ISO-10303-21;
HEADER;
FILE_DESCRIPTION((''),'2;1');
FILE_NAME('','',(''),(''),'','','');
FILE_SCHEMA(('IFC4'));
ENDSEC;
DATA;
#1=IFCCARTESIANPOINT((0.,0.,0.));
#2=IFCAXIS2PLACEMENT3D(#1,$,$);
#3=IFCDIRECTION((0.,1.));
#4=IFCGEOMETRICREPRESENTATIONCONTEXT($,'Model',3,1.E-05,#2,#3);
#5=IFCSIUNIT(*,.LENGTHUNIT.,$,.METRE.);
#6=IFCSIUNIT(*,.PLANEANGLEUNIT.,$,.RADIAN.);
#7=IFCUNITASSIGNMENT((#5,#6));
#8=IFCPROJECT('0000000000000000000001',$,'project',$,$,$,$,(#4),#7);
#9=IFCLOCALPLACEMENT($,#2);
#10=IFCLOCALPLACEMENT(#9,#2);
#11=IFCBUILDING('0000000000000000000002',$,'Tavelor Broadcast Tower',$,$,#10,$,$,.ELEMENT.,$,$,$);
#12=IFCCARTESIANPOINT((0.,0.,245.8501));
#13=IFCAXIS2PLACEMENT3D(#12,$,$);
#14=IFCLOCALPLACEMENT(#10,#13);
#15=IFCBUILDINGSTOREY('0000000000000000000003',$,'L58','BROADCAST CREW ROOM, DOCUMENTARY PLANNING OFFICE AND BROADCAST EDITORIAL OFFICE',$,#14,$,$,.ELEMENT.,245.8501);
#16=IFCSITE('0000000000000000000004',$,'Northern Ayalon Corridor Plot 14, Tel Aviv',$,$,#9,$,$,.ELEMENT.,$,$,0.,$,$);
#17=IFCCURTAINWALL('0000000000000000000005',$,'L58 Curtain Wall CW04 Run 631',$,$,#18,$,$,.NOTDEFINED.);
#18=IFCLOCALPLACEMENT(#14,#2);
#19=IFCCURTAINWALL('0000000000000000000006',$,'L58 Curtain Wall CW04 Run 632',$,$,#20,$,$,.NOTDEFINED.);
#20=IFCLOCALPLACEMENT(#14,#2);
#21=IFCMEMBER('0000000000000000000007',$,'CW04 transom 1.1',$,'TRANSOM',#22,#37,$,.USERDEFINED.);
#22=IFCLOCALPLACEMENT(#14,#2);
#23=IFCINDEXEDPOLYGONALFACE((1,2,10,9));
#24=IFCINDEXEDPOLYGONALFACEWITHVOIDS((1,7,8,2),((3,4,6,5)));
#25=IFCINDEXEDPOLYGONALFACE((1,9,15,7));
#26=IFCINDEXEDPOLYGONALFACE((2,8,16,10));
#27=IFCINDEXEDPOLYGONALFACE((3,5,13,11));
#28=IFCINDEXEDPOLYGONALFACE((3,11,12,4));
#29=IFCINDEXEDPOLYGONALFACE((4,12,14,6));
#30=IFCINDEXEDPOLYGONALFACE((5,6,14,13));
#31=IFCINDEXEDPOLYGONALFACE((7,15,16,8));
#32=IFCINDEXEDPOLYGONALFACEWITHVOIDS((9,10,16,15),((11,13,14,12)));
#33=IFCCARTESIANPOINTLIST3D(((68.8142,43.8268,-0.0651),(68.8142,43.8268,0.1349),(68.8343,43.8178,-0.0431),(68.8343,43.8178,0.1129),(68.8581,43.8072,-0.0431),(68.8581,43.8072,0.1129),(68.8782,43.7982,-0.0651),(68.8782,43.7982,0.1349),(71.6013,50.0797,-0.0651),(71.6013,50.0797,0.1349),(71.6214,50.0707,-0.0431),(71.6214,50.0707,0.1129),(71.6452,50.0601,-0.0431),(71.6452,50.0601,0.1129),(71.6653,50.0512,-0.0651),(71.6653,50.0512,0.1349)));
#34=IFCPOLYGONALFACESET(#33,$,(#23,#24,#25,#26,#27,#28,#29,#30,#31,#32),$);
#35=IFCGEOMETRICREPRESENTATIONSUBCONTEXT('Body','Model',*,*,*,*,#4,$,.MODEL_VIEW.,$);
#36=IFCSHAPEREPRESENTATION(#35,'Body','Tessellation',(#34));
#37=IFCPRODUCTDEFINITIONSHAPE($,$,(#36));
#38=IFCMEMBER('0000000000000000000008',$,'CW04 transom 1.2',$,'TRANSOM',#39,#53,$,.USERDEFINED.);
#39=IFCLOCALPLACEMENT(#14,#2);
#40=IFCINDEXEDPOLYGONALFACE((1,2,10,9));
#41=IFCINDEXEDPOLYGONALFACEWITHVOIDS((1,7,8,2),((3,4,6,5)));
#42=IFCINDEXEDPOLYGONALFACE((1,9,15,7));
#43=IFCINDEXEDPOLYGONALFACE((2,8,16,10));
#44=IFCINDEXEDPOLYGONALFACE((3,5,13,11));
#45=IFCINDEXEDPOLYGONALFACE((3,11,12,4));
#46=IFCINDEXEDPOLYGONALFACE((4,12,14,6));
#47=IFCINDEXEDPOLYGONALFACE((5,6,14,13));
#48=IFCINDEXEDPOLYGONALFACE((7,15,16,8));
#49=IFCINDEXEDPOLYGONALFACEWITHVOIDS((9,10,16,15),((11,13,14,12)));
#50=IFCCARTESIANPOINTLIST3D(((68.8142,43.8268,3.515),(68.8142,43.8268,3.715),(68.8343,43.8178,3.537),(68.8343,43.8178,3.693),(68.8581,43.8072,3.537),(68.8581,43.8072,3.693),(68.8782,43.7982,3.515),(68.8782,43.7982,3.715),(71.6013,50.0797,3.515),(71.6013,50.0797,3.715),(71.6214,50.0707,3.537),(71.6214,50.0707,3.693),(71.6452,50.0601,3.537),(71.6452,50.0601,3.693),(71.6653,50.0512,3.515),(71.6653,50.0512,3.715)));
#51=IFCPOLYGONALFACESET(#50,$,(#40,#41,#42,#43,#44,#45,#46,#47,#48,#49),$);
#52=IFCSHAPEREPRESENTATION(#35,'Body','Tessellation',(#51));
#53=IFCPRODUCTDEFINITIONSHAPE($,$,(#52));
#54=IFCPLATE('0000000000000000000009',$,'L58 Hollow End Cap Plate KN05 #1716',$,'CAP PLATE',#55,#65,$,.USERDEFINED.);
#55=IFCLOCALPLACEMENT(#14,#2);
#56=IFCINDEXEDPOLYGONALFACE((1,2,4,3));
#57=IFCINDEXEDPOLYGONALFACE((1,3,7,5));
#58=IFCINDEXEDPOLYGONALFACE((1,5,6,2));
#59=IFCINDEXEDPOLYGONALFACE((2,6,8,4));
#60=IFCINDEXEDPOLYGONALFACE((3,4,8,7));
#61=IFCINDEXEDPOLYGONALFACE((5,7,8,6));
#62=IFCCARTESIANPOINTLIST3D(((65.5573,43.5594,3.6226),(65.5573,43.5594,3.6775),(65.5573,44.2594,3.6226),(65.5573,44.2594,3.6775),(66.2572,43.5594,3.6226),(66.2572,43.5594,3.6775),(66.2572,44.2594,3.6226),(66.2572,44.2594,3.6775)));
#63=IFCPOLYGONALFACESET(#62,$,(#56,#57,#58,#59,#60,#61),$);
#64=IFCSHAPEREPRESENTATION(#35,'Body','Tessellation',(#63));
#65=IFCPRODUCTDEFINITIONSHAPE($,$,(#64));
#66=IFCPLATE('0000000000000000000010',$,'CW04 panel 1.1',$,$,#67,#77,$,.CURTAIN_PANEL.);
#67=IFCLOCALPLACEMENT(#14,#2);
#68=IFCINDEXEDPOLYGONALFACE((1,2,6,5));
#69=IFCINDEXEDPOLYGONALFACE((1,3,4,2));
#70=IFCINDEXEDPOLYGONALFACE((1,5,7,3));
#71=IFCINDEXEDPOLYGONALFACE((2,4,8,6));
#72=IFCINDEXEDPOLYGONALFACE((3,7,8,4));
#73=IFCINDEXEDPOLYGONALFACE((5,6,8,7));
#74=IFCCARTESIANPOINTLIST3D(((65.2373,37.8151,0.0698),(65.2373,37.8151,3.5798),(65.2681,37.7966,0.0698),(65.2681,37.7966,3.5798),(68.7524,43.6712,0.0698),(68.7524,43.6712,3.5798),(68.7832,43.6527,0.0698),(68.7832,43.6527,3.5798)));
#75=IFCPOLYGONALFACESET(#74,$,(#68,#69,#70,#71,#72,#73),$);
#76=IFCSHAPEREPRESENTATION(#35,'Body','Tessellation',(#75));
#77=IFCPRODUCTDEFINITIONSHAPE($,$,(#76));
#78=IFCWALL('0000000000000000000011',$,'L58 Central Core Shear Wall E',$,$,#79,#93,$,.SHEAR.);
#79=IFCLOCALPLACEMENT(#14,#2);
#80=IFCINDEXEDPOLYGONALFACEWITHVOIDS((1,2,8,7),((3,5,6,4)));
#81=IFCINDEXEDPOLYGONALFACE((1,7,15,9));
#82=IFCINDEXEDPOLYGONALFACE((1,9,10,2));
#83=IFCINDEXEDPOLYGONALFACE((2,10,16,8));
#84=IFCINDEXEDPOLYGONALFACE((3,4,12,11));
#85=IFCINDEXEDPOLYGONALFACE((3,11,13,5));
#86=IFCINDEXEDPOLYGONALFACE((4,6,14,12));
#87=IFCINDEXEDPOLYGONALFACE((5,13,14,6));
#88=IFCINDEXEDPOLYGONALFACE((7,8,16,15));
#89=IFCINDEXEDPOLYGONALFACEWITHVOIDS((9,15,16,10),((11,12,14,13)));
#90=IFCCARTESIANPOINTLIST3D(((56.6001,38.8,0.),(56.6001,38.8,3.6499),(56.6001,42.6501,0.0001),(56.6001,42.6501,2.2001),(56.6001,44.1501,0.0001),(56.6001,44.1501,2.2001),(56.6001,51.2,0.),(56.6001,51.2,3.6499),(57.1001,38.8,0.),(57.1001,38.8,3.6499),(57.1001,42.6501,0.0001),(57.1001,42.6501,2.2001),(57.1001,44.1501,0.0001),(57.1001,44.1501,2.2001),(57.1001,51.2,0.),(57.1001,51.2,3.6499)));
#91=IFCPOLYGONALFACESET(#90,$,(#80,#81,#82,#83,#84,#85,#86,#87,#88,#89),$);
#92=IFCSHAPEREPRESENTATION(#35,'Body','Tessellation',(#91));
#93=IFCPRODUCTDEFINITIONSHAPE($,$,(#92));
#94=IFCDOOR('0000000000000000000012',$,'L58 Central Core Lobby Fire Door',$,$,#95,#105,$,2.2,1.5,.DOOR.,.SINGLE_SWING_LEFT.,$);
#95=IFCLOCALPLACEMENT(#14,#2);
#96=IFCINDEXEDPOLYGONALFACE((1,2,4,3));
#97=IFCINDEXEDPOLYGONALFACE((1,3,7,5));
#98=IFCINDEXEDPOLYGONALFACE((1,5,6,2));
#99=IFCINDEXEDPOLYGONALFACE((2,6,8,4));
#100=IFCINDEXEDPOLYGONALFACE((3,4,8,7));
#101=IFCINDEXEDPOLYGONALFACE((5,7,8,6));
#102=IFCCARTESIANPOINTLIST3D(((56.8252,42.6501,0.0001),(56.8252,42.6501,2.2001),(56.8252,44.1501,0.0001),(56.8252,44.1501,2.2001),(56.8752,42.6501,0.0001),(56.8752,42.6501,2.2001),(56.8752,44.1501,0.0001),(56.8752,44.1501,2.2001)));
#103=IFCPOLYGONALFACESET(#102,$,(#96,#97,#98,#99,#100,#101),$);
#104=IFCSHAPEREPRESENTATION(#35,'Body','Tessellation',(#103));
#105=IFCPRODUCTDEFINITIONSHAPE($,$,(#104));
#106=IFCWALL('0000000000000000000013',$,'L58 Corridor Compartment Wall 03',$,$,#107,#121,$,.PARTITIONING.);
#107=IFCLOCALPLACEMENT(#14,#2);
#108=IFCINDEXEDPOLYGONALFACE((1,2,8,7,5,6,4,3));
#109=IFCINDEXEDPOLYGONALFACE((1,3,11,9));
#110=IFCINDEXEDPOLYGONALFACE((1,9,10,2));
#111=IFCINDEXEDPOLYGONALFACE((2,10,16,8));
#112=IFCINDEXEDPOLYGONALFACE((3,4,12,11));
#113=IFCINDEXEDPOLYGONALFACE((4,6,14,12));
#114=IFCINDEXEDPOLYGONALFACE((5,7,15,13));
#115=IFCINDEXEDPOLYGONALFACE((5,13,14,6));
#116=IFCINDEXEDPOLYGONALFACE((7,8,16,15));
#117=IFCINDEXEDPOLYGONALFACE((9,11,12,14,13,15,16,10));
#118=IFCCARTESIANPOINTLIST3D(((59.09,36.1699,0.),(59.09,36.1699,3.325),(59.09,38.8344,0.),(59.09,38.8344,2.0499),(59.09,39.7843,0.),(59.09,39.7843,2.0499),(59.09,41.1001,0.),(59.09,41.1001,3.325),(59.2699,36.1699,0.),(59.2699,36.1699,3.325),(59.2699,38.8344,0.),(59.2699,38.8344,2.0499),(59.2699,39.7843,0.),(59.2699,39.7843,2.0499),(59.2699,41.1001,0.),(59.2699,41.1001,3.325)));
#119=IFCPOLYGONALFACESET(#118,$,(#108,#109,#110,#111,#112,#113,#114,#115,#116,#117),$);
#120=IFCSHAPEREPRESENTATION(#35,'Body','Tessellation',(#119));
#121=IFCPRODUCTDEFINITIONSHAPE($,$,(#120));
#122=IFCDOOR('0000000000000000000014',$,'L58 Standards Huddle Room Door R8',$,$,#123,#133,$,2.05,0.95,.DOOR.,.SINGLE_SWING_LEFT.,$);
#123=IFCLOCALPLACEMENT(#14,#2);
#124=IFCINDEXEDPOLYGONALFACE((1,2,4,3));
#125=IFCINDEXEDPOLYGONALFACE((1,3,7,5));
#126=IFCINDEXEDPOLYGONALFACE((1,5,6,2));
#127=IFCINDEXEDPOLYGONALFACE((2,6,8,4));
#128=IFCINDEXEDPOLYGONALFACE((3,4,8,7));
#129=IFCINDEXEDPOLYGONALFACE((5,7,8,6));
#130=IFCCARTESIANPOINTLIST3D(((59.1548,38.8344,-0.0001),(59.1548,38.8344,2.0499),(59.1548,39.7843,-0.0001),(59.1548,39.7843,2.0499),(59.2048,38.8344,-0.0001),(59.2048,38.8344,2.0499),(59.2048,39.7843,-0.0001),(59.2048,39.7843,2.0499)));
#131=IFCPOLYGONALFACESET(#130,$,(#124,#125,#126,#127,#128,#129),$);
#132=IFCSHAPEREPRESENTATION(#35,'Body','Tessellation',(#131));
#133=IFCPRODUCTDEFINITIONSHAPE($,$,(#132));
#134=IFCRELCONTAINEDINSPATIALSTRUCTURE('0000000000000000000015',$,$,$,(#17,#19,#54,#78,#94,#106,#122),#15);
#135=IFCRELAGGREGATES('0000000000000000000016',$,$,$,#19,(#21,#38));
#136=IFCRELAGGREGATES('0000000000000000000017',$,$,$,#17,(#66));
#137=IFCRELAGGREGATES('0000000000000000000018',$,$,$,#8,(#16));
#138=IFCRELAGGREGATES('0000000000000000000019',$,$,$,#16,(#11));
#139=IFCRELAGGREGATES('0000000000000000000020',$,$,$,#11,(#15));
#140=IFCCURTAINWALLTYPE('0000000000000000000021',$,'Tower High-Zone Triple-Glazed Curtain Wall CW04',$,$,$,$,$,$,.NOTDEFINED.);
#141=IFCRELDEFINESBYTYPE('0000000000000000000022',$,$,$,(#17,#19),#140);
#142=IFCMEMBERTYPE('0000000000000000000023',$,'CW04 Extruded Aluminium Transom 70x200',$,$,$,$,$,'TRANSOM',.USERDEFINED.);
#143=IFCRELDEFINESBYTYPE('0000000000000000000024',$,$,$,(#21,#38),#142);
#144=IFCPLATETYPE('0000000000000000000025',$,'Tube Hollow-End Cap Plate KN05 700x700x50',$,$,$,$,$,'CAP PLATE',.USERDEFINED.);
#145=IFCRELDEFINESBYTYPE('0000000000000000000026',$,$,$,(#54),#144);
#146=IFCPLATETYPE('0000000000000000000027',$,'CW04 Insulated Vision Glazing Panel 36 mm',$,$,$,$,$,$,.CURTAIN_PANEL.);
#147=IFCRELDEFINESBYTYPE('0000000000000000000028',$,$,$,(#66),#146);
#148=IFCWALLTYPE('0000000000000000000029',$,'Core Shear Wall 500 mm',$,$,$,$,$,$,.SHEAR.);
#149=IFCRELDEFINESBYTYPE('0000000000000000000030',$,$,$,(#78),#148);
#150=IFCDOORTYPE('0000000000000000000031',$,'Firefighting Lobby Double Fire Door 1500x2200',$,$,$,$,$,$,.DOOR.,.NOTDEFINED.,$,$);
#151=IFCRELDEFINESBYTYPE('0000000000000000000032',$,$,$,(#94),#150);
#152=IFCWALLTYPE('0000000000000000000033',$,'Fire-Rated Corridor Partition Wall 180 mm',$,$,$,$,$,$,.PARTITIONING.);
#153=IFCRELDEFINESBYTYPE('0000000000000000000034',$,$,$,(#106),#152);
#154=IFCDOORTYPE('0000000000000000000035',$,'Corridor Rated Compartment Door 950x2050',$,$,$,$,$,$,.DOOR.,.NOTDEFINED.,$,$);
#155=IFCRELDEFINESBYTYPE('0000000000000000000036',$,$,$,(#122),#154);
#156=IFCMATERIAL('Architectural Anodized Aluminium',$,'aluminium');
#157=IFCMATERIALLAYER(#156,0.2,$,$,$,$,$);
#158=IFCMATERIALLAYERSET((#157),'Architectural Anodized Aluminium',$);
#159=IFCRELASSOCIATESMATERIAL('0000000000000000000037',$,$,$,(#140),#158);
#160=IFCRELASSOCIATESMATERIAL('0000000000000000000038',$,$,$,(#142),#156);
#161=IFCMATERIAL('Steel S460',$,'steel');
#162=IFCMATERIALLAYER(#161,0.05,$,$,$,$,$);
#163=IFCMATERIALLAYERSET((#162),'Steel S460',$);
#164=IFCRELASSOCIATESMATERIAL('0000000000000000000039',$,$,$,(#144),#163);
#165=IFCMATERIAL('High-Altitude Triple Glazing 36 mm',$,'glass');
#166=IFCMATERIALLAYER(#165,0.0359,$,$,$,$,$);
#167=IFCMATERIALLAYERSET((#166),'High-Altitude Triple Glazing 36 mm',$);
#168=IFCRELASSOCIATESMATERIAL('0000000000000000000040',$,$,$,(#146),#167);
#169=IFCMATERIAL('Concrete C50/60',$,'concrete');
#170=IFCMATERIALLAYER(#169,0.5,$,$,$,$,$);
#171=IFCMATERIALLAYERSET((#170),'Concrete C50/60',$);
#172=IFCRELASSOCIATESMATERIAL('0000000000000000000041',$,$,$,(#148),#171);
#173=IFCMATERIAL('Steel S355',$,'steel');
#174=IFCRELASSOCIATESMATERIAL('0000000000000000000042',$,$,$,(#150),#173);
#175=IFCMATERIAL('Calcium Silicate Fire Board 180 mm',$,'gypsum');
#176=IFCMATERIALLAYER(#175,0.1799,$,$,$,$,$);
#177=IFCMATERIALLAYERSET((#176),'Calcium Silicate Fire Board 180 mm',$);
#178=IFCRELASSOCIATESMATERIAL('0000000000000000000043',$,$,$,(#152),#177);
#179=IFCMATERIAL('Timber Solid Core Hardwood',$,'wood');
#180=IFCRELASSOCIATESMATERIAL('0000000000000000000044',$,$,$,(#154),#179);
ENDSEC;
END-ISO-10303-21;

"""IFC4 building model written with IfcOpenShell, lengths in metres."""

from ifc_helpers import new_model, si_unit, direction, frame, frame_2d, origin, origin_2d, place, context, subcontext, project, spatial, rectangle, hollow_rectangle, extrude, source, transform, mapped, material, layer, layer_set, material_profile, profile_set, type_object, type_shapes, element, fill, aggregate, save


model = new_model("IFC4")

# Units and contexts
model_context = context("Model", 3, precision=1e-05, world=origin(), true_north=direction((0.0, 1.0)))
body_context = subcontext(model_context, "Body", "Model", "MODEL_VIEW")
ifc_project = project(units=[si_unit("LENGTHUNIT", "METRE"), si_unit("PLANEANGLEUNIT", "RADIAN")], contexts=[model_context])

# Site, building, storey
site_placement = place(None, origin())
site = spatial("IfcSite", under=ifc_project, at=site_placement, Name="Northern Ayalon Corridor Plot 14, Tel Aviv", CompositionType="ELEMENT", RefElevation=0.0)
building_placement = place(site_placement, origin())
building = spatial("IfcBuilding", under=site, at=building_placement, Name="Tavelor Broadcast Tower", CompositionType="ELEMENT")
storey_placement = place(building_placement, frame((0.0, 0.0, 245.8501)))
storey = spatial("IfcBuildingStorey", under=building, at=storey_placement, Name="L58", Description="BROADCAST CREW ROOM, DOCUMENTARY PLANNING OFFICE AND BROADCAST EDITORIAL OFFICE", CompositionType="ELEMENT", Elevation=245.8501)

# Shared definitions
ifc_material_1 = material(Name="Concrete C50/60", Category="concrete")
ifc_material_2 = material(Name="Steel S460", Category="steel")

# Shared definitions
ifc_material_3 = material(Name="Steel S355", Category="steel")

# Curtain wall
ifc_material_4 = material(Name="Architectural Anodized Aluminium", Category="aluminium")
ifc_layer_1 = layer(ifc_material_4, 0.2)
ifc_layer_set_1 = layer_set([ifc_layer_1], Name="Architectural Anodized Aluminium")
curtain_wall_type = type_object("IfcCurtainWallType", Name="Tower High-Zone Triple-Glazed Curtain Wall CW04", PredefinedType="NOTDEFINED", material=ifc_layer_set_1)
curtain_wall_1_placement = place(storey_placement, origin())
curtain_wall_1 = element("IfcCurtainWall", 1, at=curtain_wall_1_placement, inside=storey, type_object=curtain_wall_type, Name="L58 Curtain Wall CW04 Run 631", PredefinedType="NOTDEFINED")

# Curtain wall, members
curtain_wall_2_placement = place(storey_placement, origin())
curtain_wall_2 = element("IfcCurtainWall", 2, at=curtain_wall_2_placement, inside=storey, type_object=curtain_wall_type, Name="L58 Curtain Wall CW04 Run 632", PredefinedType="NOTDEFINED")
ifc_material_profile_1 = material_profile(ifc_material_4, hollow_rectangle(XDim=0.0701, YDim=0.2, WallThickness=0.022, at=origin_2d()), Name="RHS 70x200x22")
ifc_profile_set_1 = profile_set([ifc_material_profile_1], Name="Architectural Anodized Aluminium")
member_type_1 = type_object("IfcMemberType", Name="CW04 Extruded Aluminium Transom 70x200", ElementType="TRANSOM", PredefinedType="USERDEFINED", material=ifc_profile_set_1)
shared_shape_1 = source(origin(), body_context, "Body", "SweptSolid", [
    extrude(hollow_rectangle(XDim=0.0701, YDim=0.2, WallThickness=0.022, at=origin_2d()), origin(), (0.0, 0.0, 1.0), 6.8459),
])
type_shapes(member_type_1, [shared_shape_1])
member_1_placement = place(storey_placement, frame((68.8462, 43.8125, 0.0349), z_axis=(0.407118, 0.913376, 0.0), x_axis=(-0.913376, 0.407118, 0.0)))
member_1 = element("IfcMember", 3, at=member_1_placement, type_object=member_type_1, Name="CW04 transom 1.1", ObjectType="TRANSOM", PredefinedType="USERDEFINED", context=body_context, shape_type="MappedRepresentation", body=[
    mapped(shared_shape_1, transform((0.0, 0.0, 0.0), scale=1.0)),
])
member_2_placement = place(storey_placement, frame((68.8462, 43.8125, 3.615), z_axis=(0.407118, 0.913376, 0.0), x_axis=(-0.913376, 0.407118, 0.0)))
member_2 = element("IfcMember", 4, at=member_2_placement, type_object=member_type_1, Name="CW04 transom 1.2", ObjectType="TRANSOM", PredefinedType="USERDEFINED", context=body_context, shape_type="MappedRepresentation", body=[
    mapped(shared_shape_1, transform((0.0, 0.0, 0.0), scale=1.0)),
])
aggregate(curtain_wall_2, [member_1, member_2])

# Plates
ifc_layer_2 = layer(ifc_material_2, 0.05)
ifc_layer_set_2 = layer_set([ifc_layer_2], Name="Steel S460")
plate_type_1 = type_object("IfcPlateType", Name="Tube Hollow-End Cap Plate KN05 700x700x50", ElementType="CAP PLATE", PredefinedType="USERDEFINED", material=ifc_layer_set_2)
shared_shape_2 = source(origin(), body_context, "Body", "SweptSolid", [
    extrude(rectangle(XDim=0.7, YDim=0.7, at=origin_2d()), origin(), (0.0, 0.0, 1.0), 0.0549),
])
type_shapes(plate_type_1, [shared_shape_2])
plate_1_placement = place(storey_placement, frame((65.9072, 43.9094, 3.6226), z_axis=(0.0, 0.0, 1.0), x_axis=(1.0, 0.0, 0.0)))
element("IfcPlate", 5, at=plate_1_placement, inside=storey, type_object=plate_type_1, Name="L58 Hollow End Cap Plate KN05 #1716", ObjectType="CAP PLATE", PredefinedType="USERDEFINED", context=body_context, shape_type="MappedRepresentation", body=[
    mapped(shared_shape_2, transform((0.0, 0.0, 0.0), scale=1.0)),
])
ifc_material_5 = material(Name="High-Altitude Triple Glazing 36 mm", Category="glass")
ifc_layer_3 = layer(ifc_material_5, 0.0359)
ifc_layer_set_3 = layer_set([ifc_layer_3], Name="High-Altitude Triple Glazing 36 mm")
plate_type_2 = type_object("IfcPlateType", Name="CW04 Insulated Vision Glazing Panel 36 mm", PredefinedType="CURTAIN_PANEL", material=ifc_layer_set_3)
shared_shape_3 = source(origin(), body_context, "Body", "SweptSolid", [
    extrude(rectangle(XDim=6.8301, YDim=0.0359, at=origin_2d()), origin(), (0.0, 0.0, 1.0), 3.51),
])
type_shapes(plate_type_2, [shared_shape_3])
plate_2_placement = place(storey_placement, frame((67.0103, 40.7339, 0.0698), z_axis=(0.0, 0.0, 1.0), x_axis=(0.514652, 0.857399, 0.0)))
plate_2 = element("IfcPlate", 6, at=plate_2_placement, type_object=plate_type_2, Name="CW04 panel 1.1", PredefinedType="CURTAIN_PANEL", context=body_context, shape_type="MappedRepresentation", body=[
    mapped(shared_shape_3, transform((0.0, 0.0, 0.0), scale=1.0)),
])
aggregate(curtain_wall_1, [plate_2])

# Walls, openings, doors
ifc_layer_4 = layer(ifc_material_1, 0.5)
ifc_layer_set_4 = layer_set([ifc_layer_4], Name="Concrete C50/60")
wall_type_1 = type_object("IfcWallType", Name="Core Shear Wall 500 mm", PredefinedType="SHEAR", material=ifc_layer_set_4)
wall_1_placement = place(storey_placement, frame((56.8501, 38.8, 0.0), z_axis=(0.0, 0.0, 1.0), x_axis=(0.0, 1.0, 0.0)))
wall_1 = element("IfcWall", 7, at=wall_1_placement, inside=storey, type_object=wall_type_1, Name="L58 Central Core Shear Wall E", PredefinedType="SHEAR", context=body_context, shape_type="SweptSolid", body=[
    extrude(rectangle(XDim=12.3999, YDim=0.5, at=frame_2d((6.2, 0.0))), origin(), (0.0, 0.0, 1.0), 3.6499),
])
opening_1_placement = place(wall_1_placement, frame((3.8501, 0.0, 0.0)))
opening_1 = element("IfcOpeningElement", 8, at=opening_1_placement, cuts=wall_1, PredefinedType="OPENING", context=body_context, shape_type="SweptSolid", body=[
    extrude(rectangle(XDim=1.5, YDim=2.2, at=frame_2d((0.75, 1.1001))), frame((0.0, 0.26, 0.0), z_axis=(0.0, -1.0, 0.0), x_axis=(1.0, 0.0, 0.0)), (0.0, 0.0, 1.0), 0.52),
])
door_type_1 = type_object("IfcDoorType", Name="Firefighting Lobby Double Fire Door 1500x2200", OperationType="NOTDEFINED", PredefinedType="DOOR", material=ifc_material_3)
door_1_placement = place(opening_1_placement, origin())
door_1 = element("IfcDoor", 9, at=door_1_placement, inside=storey, type_object=door_type_1, Name="L58 Central Core Lobby Fire Door", OperationType="SINGLE_SWING_LEFT", OverallHeight=2.2, OverallWidth=1.5, PredefinedType="DOOR", context=body_context, shape_type="SweptSolid", body=[
    extrude(rectangle(XDim=1.5, YDim=2.2, at=frame_2d((0.75, 1.1001))), frame((0.0, 0.0249, 0.0), z_axis=(0.0, -1.0, 0.0), x_axis=(1.0, 0.0, 0.0)), (0.0, 0.0, 1.0), 0.05),
])
fill(opening_1, door_1)
ifc_material_6 = material(Name="Calcium Silicate Fire Board 180 mm", Category="gypsum")
ifc_layer_5 = layer(ifc_material_6, 0.1799)
ifc_layer_set_5 = layer_set([ifc_layer_5], Name="Calcium Silicate Fire Board 180 mm")
wall_type_2 = type_object("IfcWallType", Name="Fire-Rated Corridor Partition Wall 180 mm", PredefinedType="PARTITIONING", material=ifc_layer_set_5)
wall_2_placement = place(storey_placement, frame((59.1799, 41.1001, 0.0), z_axis=(0.0, 0.0, 1.0), x_axis=(0.0, -1.0, 0.0)))
wall_2 = element("IfcWall", 10, at=wall_2_placement, inside=storey, type_object=wall_type_2, Name="L58 Corridor Compartment Wall 03", PredefinedType="PARTITIONING", context=body_context, shape_type="SweptSolid", body=[
    extrude(rectangle(XDim=4.9302, YDim=0.1799, at=frame_2d((2.4651, 0.0))), origin(), (0.0, 0.0, 1.0), 3.325),
])
opening_2_placement = place(wall_2_placement, frame((1.3157, 0.0, 0.0)))
opening_2 = element("IfcOpeningElement", 11, at=opening_2_placement, cuts=wall_2, PredefinedType="OPENING", context=body_context, shape_type="SweptSolid", body=[
    extrude(rectangle(XDim=0.95, YDim=2.05, at=frame_2d((0.4751, 1.0249))), frame((0.0, 0.1001, 0.0), z_axis=(0.0, -1.0, 0.0), x_axis=(1.0, 0.0, 0.0)), (0.0, 0.0, 1.0), 0.2),
])
ifc_material_7 = material(Name="Timber Solid Core Hardwood", Category="wood")
door_type_2 = type_object("IfcDoorType", Name="Corridor Rated Compartment Door 950x2050", OperationType="NOTDEFINED", PredefinedType="DOOR", material=ifc_material_7)
door_2_placement = place(opening_2_placement, origin())
door_2 = element("IfcDoor", 12, at=door_2_placement, inside=storey, type_object=door_type_2, Name="L58 Standards Huddle Room Door R8", OperationType="SINGLE_SWING_LEFT", OverallHeight=2.05, OverallWidth=0.95, PredefinedType="DOOR", context=body_context, shape_type="SweptSolid", body=[
    extrude(rectangle(XDim=0.95, YDim=2.05, at=frame_2d((0.4751, 1.0249))), frame((0.0, 0.0249, 0.0), z_axis=(0.0, -1.0, 0.0), x_axis=(1.0, 0.0, 0.0)), (0.0, 0.0, 1.0), 0.05),
])
fill(opening_2, door_2)

save(model, "model.ifc")
